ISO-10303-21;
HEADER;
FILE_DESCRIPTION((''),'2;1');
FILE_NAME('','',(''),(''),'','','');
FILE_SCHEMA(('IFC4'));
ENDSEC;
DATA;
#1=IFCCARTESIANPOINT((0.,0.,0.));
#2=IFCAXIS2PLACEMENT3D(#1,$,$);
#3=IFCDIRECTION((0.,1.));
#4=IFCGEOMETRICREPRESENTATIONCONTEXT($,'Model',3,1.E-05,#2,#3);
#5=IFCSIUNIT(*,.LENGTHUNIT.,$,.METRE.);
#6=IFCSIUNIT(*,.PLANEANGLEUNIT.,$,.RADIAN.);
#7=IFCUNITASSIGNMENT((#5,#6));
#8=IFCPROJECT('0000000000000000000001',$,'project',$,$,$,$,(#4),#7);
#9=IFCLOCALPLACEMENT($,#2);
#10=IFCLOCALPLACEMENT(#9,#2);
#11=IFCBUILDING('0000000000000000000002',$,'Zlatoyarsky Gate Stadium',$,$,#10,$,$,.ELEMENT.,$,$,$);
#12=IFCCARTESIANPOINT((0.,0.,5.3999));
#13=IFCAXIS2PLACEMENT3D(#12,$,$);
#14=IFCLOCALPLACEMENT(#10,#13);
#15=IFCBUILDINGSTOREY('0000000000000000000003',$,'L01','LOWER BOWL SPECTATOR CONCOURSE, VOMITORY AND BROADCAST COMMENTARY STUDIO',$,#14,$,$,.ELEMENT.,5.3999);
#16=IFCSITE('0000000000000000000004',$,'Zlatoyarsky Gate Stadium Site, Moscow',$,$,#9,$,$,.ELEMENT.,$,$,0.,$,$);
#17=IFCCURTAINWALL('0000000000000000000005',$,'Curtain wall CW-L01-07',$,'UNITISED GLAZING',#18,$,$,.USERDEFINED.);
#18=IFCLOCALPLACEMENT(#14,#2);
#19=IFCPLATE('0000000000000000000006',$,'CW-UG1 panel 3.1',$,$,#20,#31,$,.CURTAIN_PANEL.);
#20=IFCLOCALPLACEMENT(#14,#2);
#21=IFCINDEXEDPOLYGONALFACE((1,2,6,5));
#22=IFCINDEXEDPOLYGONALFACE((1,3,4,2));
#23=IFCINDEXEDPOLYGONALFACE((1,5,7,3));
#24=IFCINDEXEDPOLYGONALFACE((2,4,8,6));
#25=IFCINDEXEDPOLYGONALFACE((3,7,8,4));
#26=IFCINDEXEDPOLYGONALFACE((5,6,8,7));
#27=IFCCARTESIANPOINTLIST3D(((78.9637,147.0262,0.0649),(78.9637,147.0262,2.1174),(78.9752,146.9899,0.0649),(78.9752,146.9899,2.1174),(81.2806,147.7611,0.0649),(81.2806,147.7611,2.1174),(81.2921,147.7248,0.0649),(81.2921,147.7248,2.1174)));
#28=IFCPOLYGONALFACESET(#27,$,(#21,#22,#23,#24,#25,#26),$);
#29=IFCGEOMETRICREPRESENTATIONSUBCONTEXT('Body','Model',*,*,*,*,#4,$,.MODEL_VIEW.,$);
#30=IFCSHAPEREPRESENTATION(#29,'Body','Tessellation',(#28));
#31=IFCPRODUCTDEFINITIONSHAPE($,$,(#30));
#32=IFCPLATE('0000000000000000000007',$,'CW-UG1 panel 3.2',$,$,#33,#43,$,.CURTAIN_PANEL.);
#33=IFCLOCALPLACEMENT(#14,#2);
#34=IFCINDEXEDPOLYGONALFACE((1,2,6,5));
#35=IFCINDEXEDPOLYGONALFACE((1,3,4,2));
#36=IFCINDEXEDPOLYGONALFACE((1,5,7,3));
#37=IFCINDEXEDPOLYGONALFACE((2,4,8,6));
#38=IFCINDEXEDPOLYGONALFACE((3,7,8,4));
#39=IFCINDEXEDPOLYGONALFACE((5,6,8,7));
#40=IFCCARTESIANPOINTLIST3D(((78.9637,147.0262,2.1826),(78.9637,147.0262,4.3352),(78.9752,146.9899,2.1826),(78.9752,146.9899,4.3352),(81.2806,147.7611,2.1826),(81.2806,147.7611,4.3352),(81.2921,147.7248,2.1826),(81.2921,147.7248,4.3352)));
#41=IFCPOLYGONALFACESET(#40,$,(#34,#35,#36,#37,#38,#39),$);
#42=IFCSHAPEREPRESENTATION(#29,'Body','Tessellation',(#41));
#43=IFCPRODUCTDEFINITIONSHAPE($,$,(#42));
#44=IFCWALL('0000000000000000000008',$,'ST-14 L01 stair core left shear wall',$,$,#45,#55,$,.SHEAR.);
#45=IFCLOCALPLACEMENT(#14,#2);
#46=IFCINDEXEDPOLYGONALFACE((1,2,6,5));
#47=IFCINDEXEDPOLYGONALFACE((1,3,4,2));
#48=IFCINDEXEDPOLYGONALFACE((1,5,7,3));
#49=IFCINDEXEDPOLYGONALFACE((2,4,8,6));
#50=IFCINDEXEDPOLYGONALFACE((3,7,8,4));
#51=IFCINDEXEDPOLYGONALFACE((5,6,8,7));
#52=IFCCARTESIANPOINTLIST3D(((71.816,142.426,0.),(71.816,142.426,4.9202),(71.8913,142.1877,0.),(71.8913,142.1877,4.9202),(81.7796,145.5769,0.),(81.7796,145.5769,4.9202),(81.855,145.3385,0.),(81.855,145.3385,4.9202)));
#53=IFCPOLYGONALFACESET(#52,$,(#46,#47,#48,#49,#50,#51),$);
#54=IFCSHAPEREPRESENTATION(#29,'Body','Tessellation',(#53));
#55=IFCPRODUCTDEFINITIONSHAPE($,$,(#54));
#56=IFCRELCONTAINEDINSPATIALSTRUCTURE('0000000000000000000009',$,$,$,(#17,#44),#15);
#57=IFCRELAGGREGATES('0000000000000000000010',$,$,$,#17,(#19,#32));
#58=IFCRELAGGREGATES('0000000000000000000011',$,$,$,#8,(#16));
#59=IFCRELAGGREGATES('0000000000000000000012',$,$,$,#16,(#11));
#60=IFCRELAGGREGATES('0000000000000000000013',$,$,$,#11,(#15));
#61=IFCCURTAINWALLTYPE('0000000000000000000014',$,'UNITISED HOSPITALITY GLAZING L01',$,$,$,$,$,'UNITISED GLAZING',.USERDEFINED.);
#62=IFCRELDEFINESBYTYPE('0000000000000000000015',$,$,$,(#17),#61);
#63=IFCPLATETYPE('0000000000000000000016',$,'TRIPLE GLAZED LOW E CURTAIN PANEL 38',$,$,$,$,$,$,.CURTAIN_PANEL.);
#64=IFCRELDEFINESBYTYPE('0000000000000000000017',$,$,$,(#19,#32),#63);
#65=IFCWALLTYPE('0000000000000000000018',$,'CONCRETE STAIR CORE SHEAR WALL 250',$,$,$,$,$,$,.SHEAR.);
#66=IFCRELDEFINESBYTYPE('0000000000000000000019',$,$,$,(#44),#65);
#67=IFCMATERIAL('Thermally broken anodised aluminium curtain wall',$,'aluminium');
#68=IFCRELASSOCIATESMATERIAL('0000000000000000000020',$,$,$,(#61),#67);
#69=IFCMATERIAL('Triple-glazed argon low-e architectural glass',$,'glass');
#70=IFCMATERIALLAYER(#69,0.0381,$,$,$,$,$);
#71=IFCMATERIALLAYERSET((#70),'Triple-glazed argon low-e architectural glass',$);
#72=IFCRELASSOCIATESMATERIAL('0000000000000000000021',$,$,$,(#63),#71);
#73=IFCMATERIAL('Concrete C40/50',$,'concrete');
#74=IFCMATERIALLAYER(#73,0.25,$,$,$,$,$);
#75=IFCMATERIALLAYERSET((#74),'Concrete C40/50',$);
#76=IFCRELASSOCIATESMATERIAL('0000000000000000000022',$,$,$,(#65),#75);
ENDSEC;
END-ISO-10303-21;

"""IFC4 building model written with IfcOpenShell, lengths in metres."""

from ifc_helpers import new_model, si_unit, direction, frame, frame_2d, origin, origin_2d, place, context, subcontext, project, spatial, rectangle, extrude, material, layer, layer_set, type_object, element, aggregate, save


model = new_model("IFC4")

# Units and contexts
model_context = context("Model", 3, precision=1e-05, world=origin(), true_north=direction((0.0, 1.0)))
body_context = subcontext(model_context, "Body", "Model", "MODEL_VIEW")
ifc_project = project(units=[si_unit("LENGTHUNIT", "METRE"), si_unit("PLANEANGLEUNIT", "RADIAN")], contexts=[model_context])

# Site, building, storey
site_placement = place(None, origin())
site = spatial("IfcSite", under=ifc_project, at=site_placement, Name="Zlatoyarsky Gate Stadium Site, Moscow", CompositionType="ELEMENT", RefElevation=0.0)
building_placement = place(site_placement, origin())
building = spatial("IfcBuilding", under=site, at=building_placement, Name="Zlatoyarsky Gate Stadium", CompositionType="ELEMENT")
storey_placement = place(building_placement, frame((0.0, 0.0, 5.3999)))
storey = spatial("IfcBuildingStorey", under=building, at=storey_placement, Name="L01", Description="LOWER BOWL SPECTATOR CONCOURSE, VOMITORY AND BROADCAST COMMENTARY STUDIO", CompositionType="ELEMENT", Elevation=5.3999)

# Curtain wall
ifc_material_1 = material(Name="Thermally broken anodised aluminium curtain wall", Category="aluminium")
curtain_wall_type = type_object("IfcCurtainWallType", Name="UNITISED HOSPITALITY GLAZING L01", ElementType="UNITISED GLAZING", PredefinedType="USERDEFINED", material=ifc_material_1)
curtain_wall_placement = place(storey_placement, origin())
curtain_wall = element("IfcCurtainWall", 1, at=curtain_wall_placement, inside=storey, type_object=curtain_wall_type, Name="Curtain wall CW-L01-07", ObjectType="UNITISED GLAZING", PredefinedType="USERDEFINED")

# Plates
ifc_material_2 = material(Name="Triple-glazed argon low-e architectural glass", Category="glass")
ifc_layer_1 = layer(ifc_material_2, 0.0381)
ifc_layer_set_1 = layer_set([ifc_layer_1], Name="Triple-glazed argon low-e architectural glass")
plate_type_1 = type_object("IfcPlateType", Name="TRIPLE GLAZED LOW E CURTAIN PANEL 38", PredefinedType="CURTAIN_PANEL", material=ifc_layer_set_1)
plate_1_placement = place(storey_placement, frame((80.1279, 147.3755, 0.0649), z_axis=(0.0, 0.0, 1.0), x_axis=(-0.953202, -0.302335, 0.0)))
plate_1 = element("IfcPlate", 2, at=plate_1_placement, type_object=plate_type_1, Name="CW-UG1 panel 3.1", PredefinedType="CURTAIN_PANEL", context=body_context, shape_type="SweptSolid", body=[
    extrude(rectangle(XDim=2.4307, YDim=0.0381, at=origin_2d()), origin(), (0.0, 0.0, 1.0), 2.0525),
])
plate_2_placement = place(storey_placement, frame((80.1279, 147.3755, 2.1826), z_axis=(0.0, 0.0, 1.0), x_axis=(-0.953202, -0.302335, 0.0)))
plate_2 = element("IfcPlate", 3, at=plate_2_placement, type_object=plate_type_1, Name="CW-UG1 panel 3.2", PredefinedType="CURTAIN_PANEL", context=body_context, shape_type="SweptSolid", body=[
    extrude(rectangle(XDim=2.4307, YDim=0.0381, at=origin_2d()), origin(), (0.0, 0.0, 1.0), 2.1526),
])
aggregate(curtain_wall, [plate_1, plate_2])

# Wall
ifc_material_3 = material(Name="Concrete C40/50", Category="concrete")
ifc_layer_2 = layer(ifc_material_3, 0.25)
ifc_layer_set_2 = layer_set([ifc_layer_2], Name="Concrete C40/50")
wall_type = type_object("IfcWallType", Name="CONCRETE STAIR CORE SHEAR WALL 250", PredefinedType="SHEAR", material=ifc_layer_set_2)
wall_placement = place(storey_placement, frame((81.8174, 145.4578, 0.0), z_axis=(0.0, 0.0, 1.0), x_axis=(-0.95346, -0.30152, 0.0)))
element("IfcWall", 4, at=wall_placement, inside=storey, type_object=wall_type, Name="ST-14 L01 stair core left shear wall", PredefinedType="SHEAR", context=body_context, shape_type="SweptSolid", body=[
    extrude(rectangle(XDim=10.45, YDim=0.25, at=frame_2d((5.2251, 0.0))), origin(), (0.0, 0.0, 1.0), 4.9202),
])

save(model, "model.ifc")
